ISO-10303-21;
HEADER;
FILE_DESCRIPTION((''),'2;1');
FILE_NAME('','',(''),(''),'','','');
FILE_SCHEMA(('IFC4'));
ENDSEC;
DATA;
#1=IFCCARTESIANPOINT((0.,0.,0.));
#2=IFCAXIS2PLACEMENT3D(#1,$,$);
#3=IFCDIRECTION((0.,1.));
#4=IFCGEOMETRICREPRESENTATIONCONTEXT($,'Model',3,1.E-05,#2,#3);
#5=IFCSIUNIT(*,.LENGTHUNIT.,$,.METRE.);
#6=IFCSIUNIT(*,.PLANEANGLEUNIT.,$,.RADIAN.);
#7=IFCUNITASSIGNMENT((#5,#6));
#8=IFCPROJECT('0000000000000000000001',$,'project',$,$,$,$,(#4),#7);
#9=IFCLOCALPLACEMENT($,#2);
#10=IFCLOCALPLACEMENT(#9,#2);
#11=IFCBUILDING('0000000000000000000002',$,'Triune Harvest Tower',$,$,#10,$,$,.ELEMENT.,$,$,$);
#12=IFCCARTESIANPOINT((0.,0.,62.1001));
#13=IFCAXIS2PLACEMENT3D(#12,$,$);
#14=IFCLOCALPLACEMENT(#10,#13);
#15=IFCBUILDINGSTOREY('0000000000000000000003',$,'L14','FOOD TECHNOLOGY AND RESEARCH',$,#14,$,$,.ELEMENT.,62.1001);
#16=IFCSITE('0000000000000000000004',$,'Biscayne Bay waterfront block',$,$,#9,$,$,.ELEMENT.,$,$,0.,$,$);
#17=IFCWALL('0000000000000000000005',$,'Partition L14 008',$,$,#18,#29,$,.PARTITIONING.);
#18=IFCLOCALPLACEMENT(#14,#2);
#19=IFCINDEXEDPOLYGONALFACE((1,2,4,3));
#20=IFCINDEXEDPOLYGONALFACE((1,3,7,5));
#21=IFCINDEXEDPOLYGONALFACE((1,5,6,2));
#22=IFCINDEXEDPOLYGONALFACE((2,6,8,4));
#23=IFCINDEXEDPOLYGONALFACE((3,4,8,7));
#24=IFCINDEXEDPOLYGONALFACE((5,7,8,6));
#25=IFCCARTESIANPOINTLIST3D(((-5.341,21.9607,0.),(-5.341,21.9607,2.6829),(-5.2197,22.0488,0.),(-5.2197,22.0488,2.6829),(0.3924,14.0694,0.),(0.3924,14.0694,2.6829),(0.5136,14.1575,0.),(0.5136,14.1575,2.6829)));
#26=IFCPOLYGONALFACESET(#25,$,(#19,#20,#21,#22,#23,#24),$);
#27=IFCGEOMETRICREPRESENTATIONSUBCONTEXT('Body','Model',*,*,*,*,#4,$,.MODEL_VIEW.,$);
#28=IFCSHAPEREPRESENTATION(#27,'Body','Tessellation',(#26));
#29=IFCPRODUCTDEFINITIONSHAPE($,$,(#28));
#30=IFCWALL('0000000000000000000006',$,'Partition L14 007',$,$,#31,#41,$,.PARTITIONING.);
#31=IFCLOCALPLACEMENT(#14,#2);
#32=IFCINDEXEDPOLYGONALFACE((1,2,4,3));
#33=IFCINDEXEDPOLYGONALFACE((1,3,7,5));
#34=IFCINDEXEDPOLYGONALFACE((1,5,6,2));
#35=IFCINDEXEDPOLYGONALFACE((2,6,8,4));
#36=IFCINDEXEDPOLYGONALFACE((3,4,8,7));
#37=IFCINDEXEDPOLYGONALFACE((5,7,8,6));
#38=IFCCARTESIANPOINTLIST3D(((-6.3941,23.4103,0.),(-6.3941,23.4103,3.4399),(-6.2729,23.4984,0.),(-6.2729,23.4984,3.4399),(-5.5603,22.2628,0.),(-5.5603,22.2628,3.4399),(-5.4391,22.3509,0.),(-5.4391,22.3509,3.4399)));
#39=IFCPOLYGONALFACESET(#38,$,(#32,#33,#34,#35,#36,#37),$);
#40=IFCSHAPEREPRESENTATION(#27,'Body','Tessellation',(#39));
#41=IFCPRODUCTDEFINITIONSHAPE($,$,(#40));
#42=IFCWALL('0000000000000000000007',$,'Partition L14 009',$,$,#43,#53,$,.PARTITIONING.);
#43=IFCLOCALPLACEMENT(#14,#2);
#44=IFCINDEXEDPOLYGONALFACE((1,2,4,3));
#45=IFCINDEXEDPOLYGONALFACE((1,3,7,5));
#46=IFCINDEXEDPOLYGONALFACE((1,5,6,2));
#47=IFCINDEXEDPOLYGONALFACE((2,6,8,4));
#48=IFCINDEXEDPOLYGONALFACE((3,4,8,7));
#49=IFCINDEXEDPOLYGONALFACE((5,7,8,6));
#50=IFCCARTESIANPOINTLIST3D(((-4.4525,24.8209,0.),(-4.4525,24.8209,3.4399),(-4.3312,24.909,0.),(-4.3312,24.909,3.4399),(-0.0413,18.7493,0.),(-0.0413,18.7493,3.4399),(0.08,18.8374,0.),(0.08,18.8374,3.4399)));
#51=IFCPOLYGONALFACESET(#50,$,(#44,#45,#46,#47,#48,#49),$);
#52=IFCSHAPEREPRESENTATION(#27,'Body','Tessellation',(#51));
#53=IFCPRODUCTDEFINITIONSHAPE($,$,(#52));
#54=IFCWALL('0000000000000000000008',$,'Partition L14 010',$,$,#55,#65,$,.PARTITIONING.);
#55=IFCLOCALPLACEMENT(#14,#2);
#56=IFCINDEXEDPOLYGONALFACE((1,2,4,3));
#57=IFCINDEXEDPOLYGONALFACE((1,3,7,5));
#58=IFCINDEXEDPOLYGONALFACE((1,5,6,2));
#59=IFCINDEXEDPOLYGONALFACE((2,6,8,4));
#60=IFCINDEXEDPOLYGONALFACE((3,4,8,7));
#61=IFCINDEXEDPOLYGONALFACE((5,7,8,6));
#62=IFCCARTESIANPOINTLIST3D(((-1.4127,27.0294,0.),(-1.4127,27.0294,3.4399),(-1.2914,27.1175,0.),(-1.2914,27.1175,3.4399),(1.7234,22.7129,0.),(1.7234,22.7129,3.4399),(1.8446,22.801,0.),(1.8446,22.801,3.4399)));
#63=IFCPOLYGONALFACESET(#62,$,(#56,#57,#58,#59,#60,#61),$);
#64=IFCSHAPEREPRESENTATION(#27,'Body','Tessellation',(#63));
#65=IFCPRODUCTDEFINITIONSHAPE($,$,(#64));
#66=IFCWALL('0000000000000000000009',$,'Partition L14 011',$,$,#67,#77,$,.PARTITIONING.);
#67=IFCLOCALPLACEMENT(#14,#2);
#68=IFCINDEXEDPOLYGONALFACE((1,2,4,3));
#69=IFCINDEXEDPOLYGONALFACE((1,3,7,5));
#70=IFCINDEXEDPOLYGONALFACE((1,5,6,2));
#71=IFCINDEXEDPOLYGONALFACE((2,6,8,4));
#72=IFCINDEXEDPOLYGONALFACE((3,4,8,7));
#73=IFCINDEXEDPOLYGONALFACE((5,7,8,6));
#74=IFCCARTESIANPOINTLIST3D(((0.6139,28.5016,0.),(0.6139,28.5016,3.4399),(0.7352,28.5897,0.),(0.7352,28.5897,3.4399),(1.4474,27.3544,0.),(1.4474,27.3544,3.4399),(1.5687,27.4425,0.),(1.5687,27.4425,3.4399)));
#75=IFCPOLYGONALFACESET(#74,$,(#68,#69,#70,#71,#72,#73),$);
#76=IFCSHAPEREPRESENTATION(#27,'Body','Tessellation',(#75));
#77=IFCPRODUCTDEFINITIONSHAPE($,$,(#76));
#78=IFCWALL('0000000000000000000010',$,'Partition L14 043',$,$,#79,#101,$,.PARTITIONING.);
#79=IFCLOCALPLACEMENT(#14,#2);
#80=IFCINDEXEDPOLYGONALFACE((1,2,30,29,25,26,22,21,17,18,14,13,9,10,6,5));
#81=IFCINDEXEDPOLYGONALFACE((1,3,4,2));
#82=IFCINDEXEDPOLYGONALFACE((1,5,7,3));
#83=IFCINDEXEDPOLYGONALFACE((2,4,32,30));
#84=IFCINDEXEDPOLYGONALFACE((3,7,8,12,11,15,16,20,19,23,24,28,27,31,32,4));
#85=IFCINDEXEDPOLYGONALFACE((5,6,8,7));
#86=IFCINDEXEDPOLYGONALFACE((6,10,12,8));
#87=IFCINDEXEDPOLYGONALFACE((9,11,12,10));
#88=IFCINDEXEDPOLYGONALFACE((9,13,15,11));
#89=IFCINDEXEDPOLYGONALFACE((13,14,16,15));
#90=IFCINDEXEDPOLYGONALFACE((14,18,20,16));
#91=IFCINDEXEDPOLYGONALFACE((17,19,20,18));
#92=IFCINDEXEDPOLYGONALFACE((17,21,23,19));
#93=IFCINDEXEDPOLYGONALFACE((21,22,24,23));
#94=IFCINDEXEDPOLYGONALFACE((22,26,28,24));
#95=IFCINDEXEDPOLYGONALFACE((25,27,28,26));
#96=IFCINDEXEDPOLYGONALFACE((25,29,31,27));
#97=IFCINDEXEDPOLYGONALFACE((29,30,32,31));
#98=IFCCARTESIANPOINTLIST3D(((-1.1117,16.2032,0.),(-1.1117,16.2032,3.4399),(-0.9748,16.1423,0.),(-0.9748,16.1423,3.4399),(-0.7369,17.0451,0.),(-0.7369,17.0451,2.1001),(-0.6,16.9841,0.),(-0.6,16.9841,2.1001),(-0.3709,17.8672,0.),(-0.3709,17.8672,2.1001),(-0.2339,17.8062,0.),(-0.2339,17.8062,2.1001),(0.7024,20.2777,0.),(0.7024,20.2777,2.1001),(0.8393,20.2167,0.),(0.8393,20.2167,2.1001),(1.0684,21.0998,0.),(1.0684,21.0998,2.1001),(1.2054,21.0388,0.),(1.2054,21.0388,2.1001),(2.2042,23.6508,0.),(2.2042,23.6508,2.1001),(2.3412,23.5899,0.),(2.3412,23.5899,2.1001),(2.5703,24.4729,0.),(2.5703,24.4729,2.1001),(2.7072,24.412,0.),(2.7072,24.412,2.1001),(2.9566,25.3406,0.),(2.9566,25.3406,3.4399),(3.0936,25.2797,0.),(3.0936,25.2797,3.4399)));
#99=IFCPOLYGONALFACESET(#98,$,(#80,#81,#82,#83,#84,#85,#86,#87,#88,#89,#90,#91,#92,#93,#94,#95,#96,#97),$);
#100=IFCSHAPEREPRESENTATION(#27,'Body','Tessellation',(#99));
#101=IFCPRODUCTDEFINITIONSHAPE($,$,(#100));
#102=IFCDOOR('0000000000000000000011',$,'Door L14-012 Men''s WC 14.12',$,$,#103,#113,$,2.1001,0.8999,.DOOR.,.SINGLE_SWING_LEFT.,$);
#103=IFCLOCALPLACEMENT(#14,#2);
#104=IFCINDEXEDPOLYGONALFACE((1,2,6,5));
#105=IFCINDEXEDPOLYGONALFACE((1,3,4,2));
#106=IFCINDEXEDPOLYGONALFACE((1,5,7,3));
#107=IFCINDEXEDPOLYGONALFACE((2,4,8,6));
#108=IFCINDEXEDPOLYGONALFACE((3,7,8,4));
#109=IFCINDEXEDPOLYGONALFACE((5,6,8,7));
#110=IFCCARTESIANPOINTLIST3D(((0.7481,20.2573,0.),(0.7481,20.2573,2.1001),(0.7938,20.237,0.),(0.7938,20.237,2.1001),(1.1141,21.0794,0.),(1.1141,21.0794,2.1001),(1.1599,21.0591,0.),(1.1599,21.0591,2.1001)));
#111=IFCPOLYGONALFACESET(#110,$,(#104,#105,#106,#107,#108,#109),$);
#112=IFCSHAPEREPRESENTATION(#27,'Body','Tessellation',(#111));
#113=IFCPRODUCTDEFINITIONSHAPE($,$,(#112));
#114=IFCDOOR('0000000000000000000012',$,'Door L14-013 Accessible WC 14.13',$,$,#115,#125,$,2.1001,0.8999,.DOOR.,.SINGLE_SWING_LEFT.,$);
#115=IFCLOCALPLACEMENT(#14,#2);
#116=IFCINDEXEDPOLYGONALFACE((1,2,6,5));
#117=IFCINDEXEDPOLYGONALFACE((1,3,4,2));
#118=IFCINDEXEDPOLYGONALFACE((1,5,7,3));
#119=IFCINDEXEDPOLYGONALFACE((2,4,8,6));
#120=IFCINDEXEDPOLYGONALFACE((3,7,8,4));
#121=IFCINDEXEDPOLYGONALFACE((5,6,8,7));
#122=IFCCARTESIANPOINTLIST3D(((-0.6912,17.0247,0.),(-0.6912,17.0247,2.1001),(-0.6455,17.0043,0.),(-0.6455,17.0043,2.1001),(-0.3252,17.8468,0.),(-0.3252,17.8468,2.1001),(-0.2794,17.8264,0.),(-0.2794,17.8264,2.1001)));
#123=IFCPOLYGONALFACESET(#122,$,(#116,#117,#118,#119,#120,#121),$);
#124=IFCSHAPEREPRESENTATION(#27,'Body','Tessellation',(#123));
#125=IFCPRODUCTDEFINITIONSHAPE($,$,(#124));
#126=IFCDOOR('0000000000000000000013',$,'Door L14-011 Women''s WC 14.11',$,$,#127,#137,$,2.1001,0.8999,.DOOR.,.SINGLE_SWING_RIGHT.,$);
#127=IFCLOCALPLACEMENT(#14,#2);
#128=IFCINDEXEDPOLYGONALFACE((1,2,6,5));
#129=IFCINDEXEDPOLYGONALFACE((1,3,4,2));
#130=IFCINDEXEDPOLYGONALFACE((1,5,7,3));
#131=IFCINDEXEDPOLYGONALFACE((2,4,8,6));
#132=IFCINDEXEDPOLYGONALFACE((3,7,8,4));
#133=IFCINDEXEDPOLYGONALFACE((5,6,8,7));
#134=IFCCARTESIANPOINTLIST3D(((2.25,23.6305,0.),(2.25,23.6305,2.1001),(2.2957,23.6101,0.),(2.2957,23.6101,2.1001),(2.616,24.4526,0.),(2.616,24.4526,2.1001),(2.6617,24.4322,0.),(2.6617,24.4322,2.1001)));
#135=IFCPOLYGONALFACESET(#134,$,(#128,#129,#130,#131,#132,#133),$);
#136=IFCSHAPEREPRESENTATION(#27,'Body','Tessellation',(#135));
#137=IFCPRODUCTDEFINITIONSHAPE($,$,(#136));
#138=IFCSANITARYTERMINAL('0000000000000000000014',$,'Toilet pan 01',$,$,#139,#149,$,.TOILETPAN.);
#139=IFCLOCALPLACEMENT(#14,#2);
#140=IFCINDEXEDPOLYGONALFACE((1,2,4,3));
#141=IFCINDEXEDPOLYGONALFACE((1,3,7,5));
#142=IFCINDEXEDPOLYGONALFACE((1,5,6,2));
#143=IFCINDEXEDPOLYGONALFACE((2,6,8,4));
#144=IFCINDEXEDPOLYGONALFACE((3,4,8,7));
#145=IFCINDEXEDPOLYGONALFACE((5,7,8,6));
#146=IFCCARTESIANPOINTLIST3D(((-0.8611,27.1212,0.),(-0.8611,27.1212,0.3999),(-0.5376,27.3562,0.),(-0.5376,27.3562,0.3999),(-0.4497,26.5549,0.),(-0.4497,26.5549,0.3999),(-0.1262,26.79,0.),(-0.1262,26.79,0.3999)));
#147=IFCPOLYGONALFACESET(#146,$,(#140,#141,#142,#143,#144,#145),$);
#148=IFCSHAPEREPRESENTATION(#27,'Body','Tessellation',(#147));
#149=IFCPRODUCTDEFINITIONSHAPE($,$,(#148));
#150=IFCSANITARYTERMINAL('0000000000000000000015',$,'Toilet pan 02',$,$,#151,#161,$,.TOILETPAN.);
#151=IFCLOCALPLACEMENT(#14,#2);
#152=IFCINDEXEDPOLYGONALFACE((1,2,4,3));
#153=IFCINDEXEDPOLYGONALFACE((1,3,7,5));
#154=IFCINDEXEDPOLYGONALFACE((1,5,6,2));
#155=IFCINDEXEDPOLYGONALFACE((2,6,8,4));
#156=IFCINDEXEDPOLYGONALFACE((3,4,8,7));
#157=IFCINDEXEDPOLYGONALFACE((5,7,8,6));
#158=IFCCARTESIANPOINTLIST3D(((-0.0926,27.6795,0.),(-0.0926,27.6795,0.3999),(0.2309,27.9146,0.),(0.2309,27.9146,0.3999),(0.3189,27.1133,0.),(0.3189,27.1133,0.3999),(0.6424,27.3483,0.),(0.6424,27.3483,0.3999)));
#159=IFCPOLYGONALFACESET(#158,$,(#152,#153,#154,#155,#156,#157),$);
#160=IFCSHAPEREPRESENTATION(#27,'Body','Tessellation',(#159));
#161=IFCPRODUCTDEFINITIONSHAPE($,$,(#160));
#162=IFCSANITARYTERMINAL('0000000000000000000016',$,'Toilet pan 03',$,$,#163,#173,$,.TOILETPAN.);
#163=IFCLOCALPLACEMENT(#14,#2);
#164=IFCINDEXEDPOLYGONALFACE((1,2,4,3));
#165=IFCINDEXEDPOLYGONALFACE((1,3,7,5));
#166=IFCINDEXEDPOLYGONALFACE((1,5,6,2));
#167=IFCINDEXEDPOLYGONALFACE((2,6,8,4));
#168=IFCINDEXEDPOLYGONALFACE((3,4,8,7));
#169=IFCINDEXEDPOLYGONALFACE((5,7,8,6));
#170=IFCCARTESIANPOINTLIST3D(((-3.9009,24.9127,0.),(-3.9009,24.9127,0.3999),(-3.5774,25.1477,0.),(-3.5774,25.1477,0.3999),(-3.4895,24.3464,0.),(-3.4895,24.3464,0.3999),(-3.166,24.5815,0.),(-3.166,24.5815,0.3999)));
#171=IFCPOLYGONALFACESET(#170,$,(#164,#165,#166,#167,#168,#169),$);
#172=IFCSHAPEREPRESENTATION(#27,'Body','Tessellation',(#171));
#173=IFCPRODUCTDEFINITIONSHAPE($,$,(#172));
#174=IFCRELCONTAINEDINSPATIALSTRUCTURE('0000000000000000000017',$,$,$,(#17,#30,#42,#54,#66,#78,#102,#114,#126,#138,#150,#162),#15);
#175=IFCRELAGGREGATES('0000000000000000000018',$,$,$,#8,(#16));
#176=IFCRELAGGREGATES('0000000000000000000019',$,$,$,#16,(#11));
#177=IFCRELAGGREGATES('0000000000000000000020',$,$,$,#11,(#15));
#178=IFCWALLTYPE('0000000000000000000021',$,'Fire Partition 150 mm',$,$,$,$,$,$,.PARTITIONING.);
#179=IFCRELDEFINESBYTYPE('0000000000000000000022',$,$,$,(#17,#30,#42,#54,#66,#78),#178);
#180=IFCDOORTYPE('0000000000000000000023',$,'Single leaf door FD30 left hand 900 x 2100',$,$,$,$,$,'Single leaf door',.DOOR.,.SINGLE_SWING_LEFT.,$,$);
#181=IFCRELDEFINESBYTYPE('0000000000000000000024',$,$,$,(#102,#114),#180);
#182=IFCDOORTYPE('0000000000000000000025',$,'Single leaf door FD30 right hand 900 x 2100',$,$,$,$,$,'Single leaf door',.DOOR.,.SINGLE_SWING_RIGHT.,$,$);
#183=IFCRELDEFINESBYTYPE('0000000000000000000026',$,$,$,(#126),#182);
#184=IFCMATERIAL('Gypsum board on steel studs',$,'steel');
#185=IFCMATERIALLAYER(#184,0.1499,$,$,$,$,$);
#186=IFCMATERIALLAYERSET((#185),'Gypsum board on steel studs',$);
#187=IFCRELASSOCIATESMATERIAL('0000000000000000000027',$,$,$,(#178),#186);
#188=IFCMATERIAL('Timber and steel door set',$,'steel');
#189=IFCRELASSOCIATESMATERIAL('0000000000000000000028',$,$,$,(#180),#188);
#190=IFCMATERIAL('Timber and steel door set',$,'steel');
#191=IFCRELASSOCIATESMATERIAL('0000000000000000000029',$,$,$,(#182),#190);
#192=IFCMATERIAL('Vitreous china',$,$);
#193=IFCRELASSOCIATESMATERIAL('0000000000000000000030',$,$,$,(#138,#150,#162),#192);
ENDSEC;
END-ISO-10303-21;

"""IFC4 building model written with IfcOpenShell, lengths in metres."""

from ifc_helpers import new_model, si_unit, direction, frame, frame_2d, origin, origin_2d, place, context, subcontext, project, spatial, rectangle, extrude, source, transform, mapped, material, layer, layer_set, type_object, element, fill, save


model = new_model("IFC4")

# Units and contexts
model_context = context("Model", 3, precision=1e-05, world=origin(), true_north=direction((0.0, 1.0)))
body_context = subcontext(model_context, "Body", "Model", "MODEL_VIEW")
ifc_project = project(units=[si_unit("LENGTHUNIT", "METRE"), si_unit("PLANEANGLEUNIT", "RADIAN")], contexts=[model_context])

# Site, building, storey
site_placement = place(None, origin())
site = spatial("IfcSite", under=ifc_project, at=site_placement, Name="Biscayne Bay waterfront block", CompositionType="ELEMENT", RefElevation=0.0)
building_placement = place(site_placement, origin())
building = spatial("IfcBuilding", under=site, at=building_placement, Name="Triune Harvest Tower", CompositionType="ELEMENT")
storey_placement = place(building_placement, frame((0.0, 0.0, 62.1001)))
storey = spatial("IfcBuildingStorey", under=building, at=storey_placement, Name="L14", Description="FOOD TECHNOLOGY AND RESEARCH", CompositionType="ELEMENT", Elevation=62.1001)

# Walls
ifc_material_1 = material(Name="Gypsum board on steel studs", Category="steel")
ifc_layer_1 = layer(ifc_material_1, 0.1499)
ifc_layer_set_1 = layer_set([ifc_layer_1], Name="Gypsum board on steel studs")
wall_type = type_object("IfcWallType", Name="Fire Partition 150 mm", PredefinedType="PARTITIONING", material=ifc_layer_set_1)
wall_1_placement = place(storey_placement, frame((-5.2803, 22.0046, 0.0), z_axis=(0.0, 0.0, 1.0), x_axis=(0.587785, -0.809017, 0.0)))
element("IfcWall", 1, at=wall_1_placement, inside=storey, type_object=wall_type, Name="Partition L14 008", PredefinedType="PARTITIONING", context=body_context, shape_type="SweptSolid", body=[
    extrude(rectangle(XDim=9.7542, YDim=0.1499, at=frame_2d((4.877, 0.0))), origin(), (0.0, 0.0, 1.0), 2.6829),
])
shared_shape_1 = source(origin(), body_context, "Body", "SweptSolid", [
    extrude(rectangle(XDim=1.4185, YDim=0.1499, at=frame_2d((0.7092, 0.0))), origin(), (0.0, 0.0, 1.0), 3.4399),
])
wall_2_placement = place(storey_placement, frame((-6.3335, 23.4543, 0.0), z_axis=(0.0, 0.0, 1.0), x_axis=(0.587813, -0.808997, 0.0)))
element("IfcWall", 2, at=wall_2_placement, inside=storey, type_object=wall_type, Name="Partition L14 007", PredefinedType="PARTITIONING", context=body_context, shape_type="MappedRepresentation", body=[
    mapped(shared_shape_1, transform((0.0, 0.0, 0.0), scale=1.0)),
])
shared_shape_2 = source(origin(), body_context, "Body", "SweptSolid", [
    extrude(rectangle(XDim=7.5049, YDim=0.1499, at=frame_2d((3.7524, 0.0))), origin(), (0.0, 0.0, 1.0), 3.4399),
])
wall_3_placement = place(storey_placement, frame((-4.3918, 24.865, 0.0), z_axis=(0.0, 0.0, 1.0), x_axis=(0.587777, -0.809023, 0.0)))
element("IfcWall", 3, at=wall_3_placement, inside=storey, type_object=wall_type, Name="Partition L14 009", PredefinedType="PARTITIONING", context=body_context, shape_type="MappedRepresentation", body=[
    mapped(shared_shape_2, transform((0.0, 0.0, 0.0), scale=1.0)),
])
shared_shape_3 = source(origin(), body_context, "Body", "SweptSolid", [
    extrude(rectangle(XDim=5.3354, YDim=0.1499, at=frame_2d((2.6677, 0.0))), origin(), (0.0, 0.0, 1.0), 3.4399),
])
wall_4_placement = place(storey_placement, frame((-1.3521, 27.0735, 0.0), z_axis=(0.0, 0.0, 1.0), x_axis=(0.587777, -0.809023, 0.0)))
element("IfcWall", 4, at=wall_4_placement, inside=storey, type_object=wall_type, Name="Partition L14 010", PredefinedType="PARTITIONING", context=body_context, shape_type="MappedRepresentation", body=[
    mapped(shared_shape_3, transform((0.0, 0.0, 0.0), scale=1.0)),
])
shared_shape_4 = source(origin(), body_context, "Body", "SweptSolid", [
    extrude(rectangle(XDim=1.418, YDim=0.1499, at=frame_2d((0.709, 0.0))), origin(), (0.0, 0.0, 1.0), 3.4399),
])
wall_5_placement = place(storey_placement, frame((0.6746, 28.5457, 0.0), z_axis=(0.0, 0.0, 1.0), x_axis=(0.587783, -0.809019, 0.0)))
element("IfcWall", 5, at=wall_5_placement, inside=storey, type_object=wall_type, Name="Partition L14 011", PredefinedType="PARTITIONING", context=body_context, shape_type="MappedRepresentation", body=[
    mapped(shared_shape_4, transform((0.0, 0.0, 0.0), scale=1.0)),
])

# Wall, openings, doors
shared_shape_5 = source(origin(), body_context, "Body", "SweptSolid", [
    extrude(rectangle(XDim=10.0022, YDim=0.1499, at=frame_2d((5.001, 0.0))), origin(), (0.0, 0.0, 1.0), 3.4399),
])
wall_6_placement = place(storey_placement, frame((-1.0432, 16.1729, 0.0), z_axis=(0.0, 0.0, 1.0), x_axis=(0.406745, 0.913542, 0.0)))
wall_6 = element("IfcWall", 6, at=wall_6_placement, inside=storey, type_object=wall_type, Name="Partition L14 043", PredefinedType="PARTITIONING", context=body_context, shape_type="MappedRepresentation", body=[
    mapped(shared_shape_5, transform((0.0, 0.0, 0.0), scale=1.0)),
])
opening_1_placement = place(wall_6_placement, frame((8.1523, 0.0, 0.0)))
opening_1 = element("IfcOpeningElement", 7, at=opening_1_placement, cuts=wall_6, PredefinedType="OPENING", context=body_context, shape_type="SweptSolid", body=[
    extrude(rectangle(XDim=0.8999, YDim=2.1001, at=frame_2d((0.45, 1.05))), frame((0.0, 0.085, 0.0), z_axis=(0.0, -1.0, 0.0), x_axis=(1.0, 0.0, 0.0)), (0.0, 0.0, 1.0), 0.1699),
])
opening_2_placement = place(wall_6_placement, frame((4.46, 0.0, 0.0)))
opening_2 = element("IfcOpeningElement", 8, at=opening_2_placement, cuts=wall_6, PredefinedType="OPENING", context=body_context, shape_type="SweptSolid", body=[
    extrude(rectangle(XDim=0.8999, YDim=2.1001, at=frame_2d((0.45, 1.05))), frame((0.0, 0.085, 0.0), z_axis=(0.0, -1.0, 0.0), x_axis=(1.0, 0.0, 0.0)), (0.0, 0.0, 1.0), 0.1699),
])
opening_3_placement = place(wall_6_placement, frame((0.9214, 0.0, 0.0)))
opening_3 = element("IfcOpeningElement", 9, at=opening_3_placement, cuts=wall_6, PredefinedType="OPENING", context=body_context, shape_type="SweptSolid", body=[
    extrude(rectangle(XDim=0.8999, YDim=2.1001, at=frame_2d((0.45, 1.05))), frame((0.0, 0.085, 0.0), z_axis=(0.0, -1.0, 0.0), x_axis=(1.0, 0.0, 0.0)), (0.0, 0.0, 1.0), 0.1699),
])
ifc_material_2 = material(Name="Timber and steel door set", Category="steel")
door_type_1 = type_object("IfcDoorType", Name="Single leaf door FD30 left hand 900 x 2100", ElementType="Single leaf door", OperationType="SINGLE_SWING_LEFT", PredefinedType="DOOR", material=ifc_material_2)
door_1_placement = place(opening_2_placement, origin())
door_1 = element("IfcDoor", 10, at=door_1_placement, inside=storey, type_object=door_type_1, Name="Door L14-012 Men's WC 14.12", OperationType="SINGLE_SWING_LEFT", OverallHeight=2.1001, OverallWidth=0.8999, PredefinedType="DOOR", context=body_context, shape_type="SweptSolid", body=[
    extrude(rectangle(XDim=0.8999, YDim=2.1001, at=frame_2d((0.45, 1.05))), frame((0.0, 0.0249, 0.0), z_axis=(0.0, -1.0, 0.0), x_axis=(1.0, 0.0, 0.0)), (0.0, 0.0, 1.0), 0.05),
])
fill(opening_2, door_1)
door_2_placement = place(opening_3_placement, origin())
door_2 = element("IfcDoor", 11, at=door_2_placement, inside=storey, type_object=door_type_1, Name="Door L14-013 Accessible WC 14.13", OperationType="SINGLE_SWING_LEFT", OverallHeight=2.1001, OverallWidth=0.8999, PredefinedType="DOOR", context=body_context, shape_type="SweptSolid", body=[
    extrude(rectangle(XDim=0.8999, YDim=2.1001, at=frame_2d((0.45, 1.05))), frame((0.0, 0.0249, 0.0), z_axis=(0.0, -1.0, 0.0), x_axis=(1.0, 0.0, 0.0)), (0.0, 0.0, 1.0), 0.05),
])
fill(opening_3, door_2)
ifc_material_3 = material(Name="Timber and steel door set", Category="steel")
door_type_2 = type_object("IfcDoorType", Name="Single leaf door FD30 right hand 900 x 2100", ElementType="Single leaf door", OperationType="SINGLE_SWING_RIGHT", PredefinedType="DOOR", material=ifc_material_3)
door_3_placement = place(opening_1_placement, origin())
door_3 = element("IfcDoor", 12, at=door_3_placement, inside=storey, type_object=door_type_2, Name="Door L14-011 Women's WC 14.11", OperationType="SINGLE_SWING_RIGHT", OverallHeight=2.1001, OverallWidth=0.8999, PredefinedType="DOOR", context=body_context, shape_type="SweptSolid", body=[
    extrude(rectangle(XDim=0.8999, YDim=2.1001, at=frame_2d((0.45, 1.05))), frame((0.0, 0.0249, 0.0), z_axis=(0.0, -1.0, 0.0), x_axis=(1.0, 0.0, 0.0)), (0.0, 0.0, 1.0), 0.05),
])
fill(opening_1, door_3)

# Sanitary terminals
ifc_material_4 = material(Name="Vitreous china")
shared_shape_6 = source(origin(), body_context, "Body", "SweptSolid", [
    extrude(rectangle(XDim=0.3999, YDim=0.7, at=origin_2d()), origin(), (0.0, 0.0, 1.0), 0.3999),
])
for number, where, z_axis, x_axis, name in (
    (13, (-0.4937, 26.9556, 0.0), (0.0, 0.0, 1.0), (0.809007, 0.587799, 0.0), "Toilet pan 01"),
    (14, (0.2749, 27.5139, 0.0), (0.0, 0.0, 1.0), (0.809007, 0.587799, 0.0), "Toilet pan 02"),
    (15, (-3.5334, 24.7471, 0.0), (0.0, 0.0, 1.0), (0.809027, 0.587771, 0.0), "Toilet pan 03"),
):
    element("IfcSanitaryTerminal", number, at=place(storey_placement, frame(where, z_axis=z_axis, x_axis=x_axis)), inside=storey, material=ifc_material_4, Name=name, PredefinedType="TOILETPAN", context=body_context, shape_type="MappedRepresentation", body=[
        mapped(shared_shape_6, transform((0.0, 0.0, 0.0), scale=1.0)),
    ])

save(model, "model.ifc")
